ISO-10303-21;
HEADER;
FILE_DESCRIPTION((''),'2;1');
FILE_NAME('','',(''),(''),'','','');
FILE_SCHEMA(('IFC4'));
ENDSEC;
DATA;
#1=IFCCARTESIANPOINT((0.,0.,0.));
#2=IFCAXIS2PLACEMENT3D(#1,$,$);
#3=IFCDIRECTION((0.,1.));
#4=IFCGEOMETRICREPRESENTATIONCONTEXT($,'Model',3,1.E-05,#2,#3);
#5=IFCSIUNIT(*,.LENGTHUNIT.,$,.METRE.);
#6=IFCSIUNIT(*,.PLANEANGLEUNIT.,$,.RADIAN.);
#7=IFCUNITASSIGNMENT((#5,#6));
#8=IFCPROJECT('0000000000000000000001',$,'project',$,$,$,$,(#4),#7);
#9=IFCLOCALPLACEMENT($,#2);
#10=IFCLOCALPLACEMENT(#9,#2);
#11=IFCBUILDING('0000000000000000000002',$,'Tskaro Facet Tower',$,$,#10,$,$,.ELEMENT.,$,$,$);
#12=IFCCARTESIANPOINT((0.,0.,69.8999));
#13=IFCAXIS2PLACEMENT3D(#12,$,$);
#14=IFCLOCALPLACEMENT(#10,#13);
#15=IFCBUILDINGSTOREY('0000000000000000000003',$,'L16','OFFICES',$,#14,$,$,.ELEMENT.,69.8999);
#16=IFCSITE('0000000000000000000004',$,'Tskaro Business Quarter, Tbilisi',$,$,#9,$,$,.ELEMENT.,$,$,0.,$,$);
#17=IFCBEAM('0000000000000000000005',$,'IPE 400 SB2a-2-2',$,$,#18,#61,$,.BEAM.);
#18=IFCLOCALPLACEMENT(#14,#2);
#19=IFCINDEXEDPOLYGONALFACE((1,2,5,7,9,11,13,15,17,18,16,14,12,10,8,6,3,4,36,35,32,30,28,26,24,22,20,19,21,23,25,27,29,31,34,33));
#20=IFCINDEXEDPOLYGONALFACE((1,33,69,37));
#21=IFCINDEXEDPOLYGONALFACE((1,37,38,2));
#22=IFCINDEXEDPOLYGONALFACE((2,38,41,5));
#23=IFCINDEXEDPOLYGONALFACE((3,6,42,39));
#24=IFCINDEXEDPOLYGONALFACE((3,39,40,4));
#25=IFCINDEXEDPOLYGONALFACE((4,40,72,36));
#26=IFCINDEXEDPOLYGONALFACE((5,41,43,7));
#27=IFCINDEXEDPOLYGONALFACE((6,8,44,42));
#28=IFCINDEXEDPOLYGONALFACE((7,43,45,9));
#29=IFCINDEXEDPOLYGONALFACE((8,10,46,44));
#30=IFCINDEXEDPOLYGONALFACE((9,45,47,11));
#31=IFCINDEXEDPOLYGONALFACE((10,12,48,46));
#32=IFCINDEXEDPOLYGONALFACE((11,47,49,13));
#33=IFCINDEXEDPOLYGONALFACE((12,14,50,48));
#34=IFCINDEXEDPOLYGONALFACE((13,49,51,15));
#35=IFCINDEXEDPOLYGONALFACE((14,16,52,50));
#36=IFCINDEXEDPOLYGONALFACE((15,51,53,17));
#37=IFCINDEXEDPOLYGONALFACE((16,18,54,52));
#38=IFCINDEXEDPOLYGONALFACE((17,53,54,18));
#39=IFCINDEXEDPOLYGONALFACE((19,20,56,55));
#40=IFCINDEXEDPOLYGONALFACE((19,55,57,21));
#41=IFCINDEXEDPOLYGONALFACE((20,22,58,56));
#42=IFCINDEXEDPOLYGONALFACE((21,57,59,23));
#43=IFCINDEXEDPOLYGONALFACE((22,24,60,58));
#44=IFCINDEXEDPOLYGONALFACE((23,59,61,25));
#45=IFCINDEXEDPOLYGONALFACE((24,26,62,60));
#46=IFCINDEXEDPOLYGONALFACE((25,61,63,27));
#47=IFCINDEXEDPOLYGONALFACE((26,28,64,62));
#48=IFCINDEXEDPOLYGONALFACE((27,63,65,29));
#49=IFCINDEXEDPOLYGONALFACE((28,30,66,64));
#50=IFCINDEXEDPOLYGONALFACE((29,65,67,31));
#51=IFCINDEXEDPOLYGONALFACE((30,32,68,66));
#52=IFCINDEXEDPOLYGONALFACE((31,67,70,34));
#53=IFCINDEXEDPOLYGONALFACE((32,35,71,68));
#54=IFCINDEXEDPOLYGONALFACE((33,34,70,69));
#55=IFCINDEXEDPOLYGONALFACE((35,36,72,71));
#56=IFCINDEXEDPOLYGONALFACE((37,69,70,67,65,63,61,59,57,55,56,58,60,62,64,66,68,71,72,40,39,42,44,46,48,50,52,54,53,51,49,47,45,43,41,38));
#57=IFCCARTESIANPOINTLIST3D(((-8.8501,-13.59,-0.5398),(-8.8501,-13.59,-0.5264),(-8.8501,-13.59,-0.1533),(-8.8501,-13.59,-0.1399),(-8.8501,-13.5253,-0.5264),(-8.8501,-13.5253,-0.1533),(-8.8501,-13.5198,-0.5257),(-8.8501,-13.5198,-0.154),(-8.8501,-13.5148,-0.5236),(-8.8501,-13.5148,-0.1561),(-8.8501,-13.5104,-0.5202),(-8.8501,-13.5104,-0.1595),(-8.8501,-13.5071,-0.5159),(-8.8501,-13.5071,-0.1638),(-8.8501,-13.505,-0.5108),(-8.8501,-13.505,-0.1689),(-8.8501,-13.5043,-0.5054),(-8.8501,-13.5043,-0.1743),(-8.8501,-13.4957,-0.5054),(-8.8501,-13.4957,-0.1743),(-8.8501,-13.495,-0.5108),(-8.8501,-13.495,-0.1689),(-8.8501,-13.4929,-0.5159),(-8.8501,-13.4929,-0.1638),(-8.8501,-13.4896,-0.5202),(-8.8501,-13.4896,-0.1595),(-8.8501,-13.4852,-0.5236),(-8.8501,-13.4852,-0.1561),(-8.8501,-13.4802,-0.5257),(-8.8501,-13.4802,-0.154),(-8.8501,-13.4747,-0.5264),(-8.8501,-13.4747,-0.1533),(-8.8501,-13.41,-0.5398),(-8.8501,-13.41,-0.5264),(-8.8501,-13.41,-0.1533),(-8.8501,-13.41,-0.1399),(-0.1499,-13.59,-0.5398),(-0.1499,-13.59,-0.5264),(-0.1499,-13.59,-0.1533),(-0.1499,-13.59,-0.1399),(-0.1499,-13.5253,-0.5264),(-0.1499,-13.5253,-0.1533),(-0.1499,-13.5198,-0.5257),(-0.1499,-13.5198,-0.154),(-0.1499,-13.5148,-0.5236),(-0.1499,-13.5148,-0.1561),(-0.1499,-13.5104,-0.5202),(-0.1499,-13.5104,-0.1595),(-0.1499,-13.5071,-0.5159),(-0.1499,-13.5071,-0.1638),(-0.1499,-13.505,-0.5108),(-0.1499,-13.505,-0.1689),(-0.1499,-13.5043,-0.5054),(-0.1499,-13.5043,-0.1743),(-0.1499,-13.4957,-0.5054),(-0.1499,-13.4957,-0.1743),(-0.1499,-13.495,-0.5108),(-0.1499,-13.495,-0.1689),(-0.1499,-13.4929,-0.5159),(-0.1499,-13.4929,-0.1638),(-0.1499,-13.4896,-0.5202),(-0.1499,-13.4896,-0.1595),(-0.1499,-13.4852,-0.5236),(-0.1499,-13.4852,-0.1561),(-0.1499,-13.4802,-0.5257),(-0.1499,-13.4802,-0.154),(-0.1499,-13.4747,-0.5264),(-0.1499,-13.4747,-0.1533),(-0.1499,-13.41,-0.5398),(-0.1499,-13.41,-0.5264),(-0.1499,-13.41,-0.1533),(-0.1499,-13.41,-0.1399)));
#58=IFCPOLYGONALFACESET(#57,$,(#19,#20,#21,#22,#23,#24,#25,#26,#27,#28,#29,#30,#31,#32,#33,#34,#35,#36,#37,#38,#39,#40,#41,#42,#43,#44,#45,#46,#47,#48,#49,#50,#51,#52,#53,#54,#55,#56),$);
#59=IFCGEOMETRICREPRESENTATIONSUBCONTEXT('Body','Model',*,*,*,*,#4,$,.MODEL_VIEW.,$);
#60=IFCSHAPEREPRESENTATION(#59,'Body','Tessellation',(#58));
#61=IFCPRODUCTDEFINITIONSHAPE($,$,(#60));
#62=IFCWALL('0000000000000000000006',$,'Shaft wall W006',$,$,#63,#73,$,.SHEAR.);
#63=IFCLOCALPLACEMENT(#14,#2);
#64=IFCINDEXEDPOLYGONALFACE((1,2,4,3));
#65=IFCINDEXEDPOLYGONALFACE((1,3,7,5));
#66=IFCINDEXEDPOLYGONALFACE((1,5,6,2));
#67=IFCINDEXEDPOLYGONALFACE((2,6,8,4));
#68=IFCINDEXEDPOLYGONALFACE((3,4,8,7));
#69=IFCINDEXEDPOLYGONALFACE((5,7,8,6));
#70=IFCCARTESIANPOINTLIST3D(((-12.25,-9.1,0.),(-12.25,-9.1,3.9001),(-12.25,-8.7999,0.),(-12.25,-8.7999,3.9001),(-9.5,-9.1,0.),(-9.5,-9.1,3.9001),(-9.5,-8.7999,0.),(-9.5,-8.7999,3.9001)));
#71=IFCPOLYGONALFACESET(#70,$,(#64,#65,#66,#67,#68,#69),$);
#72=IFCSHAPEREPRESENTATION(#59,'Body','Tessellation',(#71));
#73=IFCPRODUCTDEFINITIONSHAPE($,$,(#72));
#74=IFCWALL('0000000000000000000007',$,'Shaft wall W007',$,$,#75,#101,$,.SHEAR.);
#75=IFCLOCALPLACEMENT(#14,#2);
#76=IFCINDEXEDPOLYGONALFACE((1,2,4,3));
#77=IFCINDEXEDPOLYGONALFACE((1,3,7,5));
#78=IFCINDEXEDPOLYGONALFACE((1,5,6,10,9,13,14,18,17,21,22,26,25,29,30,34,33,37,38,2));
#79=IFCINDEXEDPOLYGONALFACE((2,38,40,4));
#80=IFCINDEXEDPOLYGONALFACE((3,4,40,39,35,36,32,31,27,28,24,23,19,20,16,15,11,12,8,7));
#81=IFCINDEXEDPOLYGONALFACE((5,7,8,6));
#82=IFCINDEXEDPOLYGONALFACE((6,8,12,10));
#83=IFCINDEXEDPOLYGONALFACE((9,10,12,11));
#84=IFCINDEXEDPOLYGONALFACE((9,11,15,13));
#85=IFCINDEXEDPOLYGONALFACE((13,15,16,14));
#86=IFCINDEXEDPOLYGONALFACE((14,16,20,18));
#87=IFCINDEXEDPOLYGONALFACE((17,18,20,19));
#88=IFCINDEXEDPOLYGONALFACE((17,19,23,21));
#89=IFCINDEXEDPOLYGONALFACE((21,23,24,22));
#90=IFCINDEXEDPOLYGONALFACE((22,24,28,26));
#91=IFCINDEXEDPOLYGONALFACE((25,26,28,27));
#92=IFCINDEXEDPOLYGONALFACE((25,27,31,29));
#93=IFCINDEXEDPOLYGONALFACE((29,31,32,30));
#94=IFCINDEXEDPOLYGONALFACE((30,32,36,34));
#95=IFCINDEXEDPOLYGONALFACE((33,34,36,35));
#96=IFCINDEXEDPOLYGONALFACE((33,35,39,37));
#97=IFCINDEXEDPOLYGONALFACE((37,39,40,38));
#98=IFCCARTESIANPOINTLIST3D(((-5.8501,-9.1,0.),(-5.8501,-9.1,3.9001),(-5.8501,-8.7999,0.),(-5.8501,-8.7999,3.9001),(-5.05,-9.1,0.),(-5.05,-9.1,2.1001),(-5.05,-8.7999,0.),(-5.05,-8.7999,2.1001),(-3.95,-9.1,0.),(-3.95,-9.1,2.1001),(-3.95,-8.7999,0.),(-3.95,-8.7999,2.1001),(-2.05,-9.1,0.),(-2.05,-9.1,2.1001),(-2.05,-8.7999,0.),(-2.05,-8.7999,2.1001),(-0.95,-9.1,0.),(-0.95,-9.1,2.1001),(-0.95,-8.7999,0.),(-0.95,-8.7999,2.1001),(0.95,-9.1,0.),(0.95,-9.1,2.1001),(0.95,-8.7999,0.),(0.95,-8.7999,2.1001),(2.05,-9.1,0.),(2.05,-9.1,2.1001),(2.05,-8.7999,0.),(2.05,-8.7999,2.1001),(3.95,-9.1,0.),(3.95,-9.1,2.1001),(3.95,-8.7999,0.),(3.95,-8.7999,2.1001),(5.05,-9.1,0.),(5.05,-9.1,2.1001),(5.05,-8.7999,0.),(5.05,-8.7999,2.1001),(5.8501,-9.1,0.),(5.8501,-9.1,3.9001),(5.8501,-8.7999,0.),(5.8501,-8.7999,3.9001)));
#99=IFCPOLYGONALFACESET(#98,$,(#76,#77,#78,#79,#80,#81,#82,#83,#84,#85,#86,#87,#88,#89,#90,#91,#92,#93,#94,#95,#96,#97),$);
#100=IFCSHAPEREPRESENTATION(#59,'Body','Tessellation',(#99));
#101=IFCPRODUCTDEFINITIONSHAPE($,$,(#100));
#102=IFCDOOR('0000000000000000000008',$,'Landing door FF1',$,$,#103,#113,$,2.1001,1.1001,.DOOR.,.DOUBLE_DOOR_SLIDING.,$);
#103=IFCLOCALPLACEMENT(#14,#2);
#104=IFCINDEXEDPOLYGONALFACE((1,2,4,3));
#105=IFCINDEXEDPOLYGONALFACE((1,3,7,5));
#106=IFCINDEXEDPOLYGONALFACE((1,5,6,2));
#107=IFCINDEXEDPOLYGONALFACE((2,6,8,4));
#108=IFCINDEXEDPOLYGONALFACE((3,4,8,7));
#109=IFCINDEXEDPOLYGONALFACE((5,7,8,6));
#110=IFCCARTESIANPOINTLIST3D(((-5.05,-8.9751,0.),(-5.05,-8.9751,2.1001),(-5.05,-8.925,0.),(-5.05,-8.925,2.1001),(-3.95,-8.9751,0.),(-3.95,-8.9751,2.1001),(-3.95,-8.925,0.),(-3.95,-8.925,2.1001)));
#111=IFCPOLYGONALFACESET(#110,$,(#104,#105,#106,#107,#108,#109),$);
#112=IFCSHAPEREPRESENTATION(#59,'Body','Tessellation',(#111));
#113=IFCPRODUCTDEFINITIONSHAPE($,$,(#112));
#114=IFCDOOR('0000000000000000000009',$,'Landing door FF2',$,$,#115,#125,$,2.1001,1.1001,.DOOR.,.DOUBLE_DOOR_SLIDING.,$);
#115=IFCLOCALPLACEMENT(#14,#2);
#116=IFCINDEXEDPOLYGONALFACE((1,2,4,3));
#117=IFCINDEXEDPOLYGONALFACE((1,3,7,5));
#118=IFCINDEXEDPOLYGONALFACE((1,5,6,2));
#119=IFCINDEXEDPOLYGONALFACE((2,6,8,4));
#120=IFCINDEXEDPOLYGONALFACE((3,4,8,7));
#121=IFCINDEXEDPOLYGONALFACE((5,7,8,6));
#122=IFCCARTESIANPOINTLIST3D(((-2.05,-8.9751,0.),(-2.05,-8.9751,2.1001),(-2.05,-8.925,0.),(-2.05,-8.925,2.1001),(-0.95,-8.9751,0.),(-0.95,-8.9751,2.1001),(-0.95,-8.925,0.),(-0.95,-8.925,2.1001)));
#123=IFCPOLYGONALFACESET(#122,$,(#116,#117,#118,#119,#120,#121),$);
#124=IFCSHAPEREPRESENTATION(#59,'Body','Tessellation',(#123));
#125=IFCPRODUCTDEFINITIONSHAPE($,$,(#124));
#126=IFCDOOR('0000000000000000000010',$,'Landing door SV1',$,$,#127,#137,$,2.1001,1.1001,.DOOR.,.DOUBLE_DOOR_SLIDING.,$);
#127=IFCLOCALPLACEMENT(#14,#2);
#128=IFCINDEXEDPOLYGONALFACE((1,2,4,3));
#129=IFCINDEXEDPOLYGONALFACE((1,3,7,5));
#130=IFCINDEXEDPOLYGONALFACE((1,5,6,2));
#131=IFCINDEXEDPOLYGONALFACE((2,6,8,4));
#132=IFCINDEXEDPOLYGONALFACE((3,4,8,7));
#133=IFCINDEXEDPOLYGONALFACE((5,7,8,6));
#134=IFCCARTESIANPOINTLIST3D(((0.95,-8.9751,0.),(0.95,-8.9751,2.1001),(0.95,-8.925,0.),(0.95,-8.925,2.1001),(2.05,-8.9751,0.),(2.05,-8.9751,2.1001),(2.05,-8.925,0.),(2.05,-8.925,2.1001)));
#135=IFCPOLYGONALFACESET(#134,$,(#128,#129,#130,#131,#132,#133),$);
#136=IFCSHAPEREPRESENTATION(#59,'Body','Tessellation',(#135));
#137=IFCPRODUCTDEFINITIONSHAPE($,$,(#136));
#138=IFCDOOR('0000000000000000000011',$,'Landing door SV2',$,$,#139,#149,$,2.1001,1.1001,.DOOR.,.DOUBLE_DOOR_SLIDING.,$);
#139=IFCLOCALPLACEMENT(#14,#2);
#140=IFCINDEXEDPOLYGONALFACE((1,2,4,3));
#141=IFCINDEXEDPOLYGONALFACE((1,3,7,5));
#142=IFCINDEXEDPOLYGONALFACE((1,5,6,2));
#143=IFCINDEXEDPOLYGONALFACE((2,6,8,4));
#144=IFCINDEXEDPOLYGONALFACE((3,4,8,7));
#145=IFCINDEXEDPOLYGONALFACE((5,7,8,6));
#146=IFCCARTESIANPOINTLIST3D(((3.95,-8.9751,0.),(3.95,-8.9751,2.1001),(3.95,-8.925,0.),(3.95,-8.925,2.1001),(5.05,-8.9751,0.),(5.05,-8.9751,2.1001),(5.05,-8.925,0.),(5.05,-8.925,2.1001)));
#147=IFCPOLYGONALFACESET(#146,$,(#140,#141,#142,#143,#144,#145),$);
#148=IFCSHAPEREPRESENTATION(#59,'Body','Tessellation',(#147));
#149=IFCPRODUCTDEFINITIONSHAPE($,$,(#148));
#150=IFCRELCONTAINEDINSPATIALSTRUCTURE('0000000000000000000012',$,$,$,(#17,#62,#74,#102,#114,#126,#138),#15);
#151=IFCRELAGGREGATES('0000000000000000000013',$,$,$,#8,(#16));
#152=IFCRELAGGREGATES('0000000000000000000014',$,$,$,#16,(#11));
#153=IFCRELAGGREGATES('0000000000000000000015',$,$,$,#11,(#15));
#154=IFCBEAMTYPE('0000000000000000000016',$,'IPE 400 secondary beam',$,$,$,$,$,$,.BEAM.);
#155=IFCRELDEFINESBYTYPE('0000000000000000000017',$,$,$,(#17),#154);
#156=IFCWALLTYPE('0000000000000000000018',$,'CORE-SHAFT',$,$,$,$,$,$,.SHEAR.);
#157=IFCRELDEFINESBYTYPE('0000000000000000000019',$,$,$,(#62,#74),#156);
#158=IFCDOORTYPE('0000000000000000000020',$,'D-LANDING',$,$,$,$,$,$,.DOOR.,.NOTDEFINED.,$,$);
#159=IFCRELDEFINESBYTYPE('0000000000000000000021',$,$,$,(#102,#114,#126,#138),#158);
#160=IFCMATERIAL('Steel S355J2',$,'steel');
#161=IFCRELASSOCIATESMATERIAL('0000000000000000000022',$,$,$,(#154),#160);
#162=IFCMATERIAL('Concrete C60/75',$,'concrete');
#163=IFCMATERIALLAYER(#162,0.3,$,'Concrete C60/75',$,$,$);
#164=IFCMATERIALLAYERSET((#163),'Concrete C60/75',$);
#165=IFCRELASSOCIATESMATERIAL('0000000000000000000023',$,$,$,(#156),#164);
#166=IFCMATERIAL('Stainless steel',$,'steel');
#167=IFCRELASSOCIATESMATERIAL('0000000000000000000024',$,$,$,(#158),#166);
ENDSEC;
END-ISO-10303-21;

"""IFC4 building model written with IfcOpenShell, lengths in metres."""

from ifc_helpers import new_model, si_unit, direction, frame, frame_2d, origin, origin_2d, place, context, subcontext, project, spatial, rectangle, i_section, extrude, material, layer, layer_set, material_profile, profile_set, type_object, element, fill, save


model = new_model("IFC4")

# Units and contexts
model_context = context("Model", 3, precision=1e-05, world=origin(), true_north=direction((0.0, 1.0)))
body_context = subcontext(model_context, "Body", "Model", "MODEL_VIEW")
ifc_project = project(units=[si_unit("LENGTHUNIT", "METRE"), si_unit("PLANEANGLEUNIT", "RADIAN")], contexts=[model_context])

# Site, building, storey
site_placement = place(None, origin())
site = spatial("IfcSite", under=ifc_project, at=site_placement, Name="Tskaro Business Quarter, Tbilisi", CompositionType="ELEMENT", RefElevation=0.0)
building_placement = place(site_placement, origin())
building = spatial("IfcBuilding", under=site, at=building_placement, Name="Tskaro Facet Tower", CompositionType="ELEMENT")
storey_placement = place(building_placement, frame((0.0, 0.0, 69.8999)))
storey = spatial("IfcBuildingStorey", under=building, at=storey_placement, Name="L16", Description="OFFICES", CompositionType="ELEMENT", Elevation=69.8999)

# Beam
ifc_material_1 = material(Name="Steel S355J2", Category="steel")
ifc_material_profile = material_profile(ifc_material_1, i_section(OverallWidth=0.1799, OverallDepth=0.3999, WebThickness=0.0085, FlangeThickness=0.0134, FilletRadius=0.021, at=origin_2d()), Name="IPE 400")
ifc_profile_set = profile_set([ifc_material_profile], Name="Steel S355J2")
beam_type = type_object("IfcBeamType", Name="IPE 400 secondary beam", PredefinedType="BEAM", material=ifc_profile_set)
beam_placement = place(storey_placement, frame((-8.8501, -13.5, -0.3398), z_axis=(1.0, 0.0, 0.0), x_axis=(0.0, 1.0, 0.0)))
element("IfcBeam", 1, at=beam_placement, inside=storey, type_object=beam_type, Name="IPE 400 SB2a-2-2", PredefinedType="BEAM", context=body_context, shape_type="SweptSolid", body=[
    extrude(i_section(OverallWidth=0.1799, OverallDepth=0.3999, WebThickness=0.0085, FlangeThickness=0.0134, FilletRadius=0.021, at=origin_2d()), origin(), (0.0, 0.0, 1.0), 8.7002),
])

# Wall
ifc_material_2 = material(Name="Concrete C60/75", Category="concrete")
ifc_layer_1 = layer(ifc_material_2, 0.3, Name="Concrete C60/75")
ifc_layer_set_1 = layer_set([ifc_layer_1], Name="Concrete C60/75")
wall_type_1 = type_object("IfcWallType", Name="CORE-SHAFT", PredefinedType="SHEAR", material=ifc_layer_set_1)
wall_1_placement = place(storey_placement, frame((-12.25, -8.95, 0.0), z_axis=(0.0, 0.0, 1.0), x_axis=(1.0, 0.0, 0.0)))
element("IfcWall", 2, at=wall_1_placement, inside=storey, type_object=wall_type_1, Name="Shaft wall W006", PredefinedType="SHEAR", context=body_context, shape_type="SweptSolid", body=[
    extrude(rectangle(XDim=2.75, YDim=0.3, at=frame_2d((1.375, 0.0))), origin(), (0.0, 0.0, 1.0), 3.9001),
])

# Wall, openings, doors
wall_2_placement = place(storey_placement, frame((-5.8501, -8.95, 0.0), z_axis=(0.0, 0.0, 1.0), x_axis=(1.0, 0.0, 0.0)))
wall_2 = element("IfcWall", 3, at=wall_2_placement, inside=storey, type_object=wall_type_1, Name="Shaft wall W007", PredefinedType="SHEAR", context=body_context, shape_type="SweptSolid", body=[
    extrude(rectangle(XDim=11.7002, YDim=0.3, at=frame_2d((5.8501, 0.0))), origin(), (0.0, 0.0, 1.0), 3.9001),
])
opening_1_placement = place(wall_2_placement, frame((0.8, 0.0, 0.0)))
opening_1 = element("IfcOpeningElement", 4, at=opening_1_placement, cuts=wall_2, PredefinedType="OPENING", context=body_context, shape_type="SweptSolid", body=[
    extrude(rectangle(XDim=1.1001, YDim=2.1001, at=frame_2d((0.55, 1.05))), frame((0.0, 0.1599, 0.0), z_axis=(0.0, -1.0, 0.0), x_axis=(1.0, 0.0, 0.0)), (0.0, 0.0, 1.0), 0.3201),
])
opening_2_placement = place(wall_2_placement, frame((3.8, 0.0, 0.0)))
opening_2 = element("IfcOpeningElement", 5, at=opening_2_placement, cuts=wall_2, PredefinedType="OPENING", context=body_context, shape_type="SweptSolid", body=[
    extrude(rectangle(XDim=1.1001, YDim=2.1001, at=frame_2d((0.55, 1.05))), frame((0.0, 0.1599, 0.0), z_axis=(0.0, -1.0, 0.0), x_axis=(1.0, 0.0, 0.0)), (0.0, 0.0, 1.0), 0.3201),
])
opening_3_placement = place(wall_2_placement, frame((6.8, 0.0, 0.0)))
opening_3 = element("IfcOpeningElement", 6, at=opening_3_placement, cuts=wall_2, PredefinedType="OPENING", context=body_context, shape_type="SweptSolid", body=[
    extrude(rectangle(XDim=1.1001, YDim=2.1001, at=frame_2d((0.55, 1.05))), frame((0.0, 0.1599, 0.0), z_axis=(0.0, -1.0, 0.0), x_axis=(1.0, 0.0, 0.0)), (0.0, 0.0, 1.0), 0.3201),
])
opening_4_placement = place(wall_2_placement, frame((9.8, 0.0, 0.0)))
opening_4 = element("IfcOpeningElement", 7, at=opening_4_placement, cuts=wall_2, PredefinedType="OPENING", context=body_context, shape_type="SweptSolid", body=[
    extrude(rectangle(XDim=1.1001, YDim=2.1001, at=frame_2d((0.55, 1.05))), frame((0.0, 0.1599, 0.0), z_axis=(0.0, -1.0, 0.0), x_axis=(1.0, 0.0, 0.0)), (0.0, 0.0, 1.0), 0.3201),
])
ifc_material_3 = material(Name="Stainless steel", Category="steel")
door_type_1 = type_object("IfcDoorType", Name="D-LANDING", OperationType="NOTDEFINED", PredefinedType="DOOR", material=ifc_material_3)
door_1_placement = place(opening_1_placement, origin())
door_1 = element("IfcDoor", 8, at=door_1_placement, inside=storey, type_object=door_type_1, Name="Landing door FF1", OperationType="DOUBLE_DOOR_SLIDING", OverallHeight=2.1001, OverallWidth=1.1001, PredefinedType="DOOR", context=body_context, shape_type="SweptSolid", body=[
    extrude(rectangle(XDim=1.1001, YDim=2.1001, at=frame_2d((0.55, 1.05))), frame((0.0, 0.0249, 0.0), z_axis=(0.0, -1.0, 0.0), x_axis=(1.0, 0.0, 0.0)), (0.0, 0.0, 1.0), 0.05),
])
fill(opening_1, door_1)
door_2_placement = place(opening_2_placement, origin())
door_2 = element("IfcDoor", 9, at=door_2_placement, inside=storey, type_object=door_type_1, Name="Landing door FF2", OperationType="DOUBLE_DOOR_SLIDING", OverallHeight=2.1001, OverallWidth=1.1001, PredefinedType="DOOR", context=body_context, shape_type="SweptSolid", body=[
    extrude(rectangle(XDim=1.1001, YDim=2.1001, at=frame_2d((0.55, 1.05))), frame((0.0, 0.0249, 0.0), z_axis=(0.0, -1.0, 0.0), x_axis=(1.0, 0.0, 0.0)), (0.0, 0.0, 1.0), 0.05),
])
fill(opening_2, door_2)
door_3_placement = place(opening_3_placement, origin())
door_3 = element("IfcDoor", 10, at=door_3_placement, inside=storey, type_object=door_type_1, Name="Landing door SV1", OperationType="DOUBLE_DOOR_SLIDING", OverallHeight=2.1001, OverallWidth=1.1001, PredefinedType="DOOR", context=body_context, shape_type="SweptSolid", body=[
    extrude(rectangle(XDim=1.1001, YDim=2.1001, at=frame_2d((0.55, 1.05))), frame((0.0, 0.0249, 0.0), z_axis=(0.0, -1.0, 0.0), x_axis=(1.0, 0.0, 0.0)), (0.0, 0.0, 1.0), 0.05),
])
fill(opening_3, door_3)
door_4_placement = place(opening_4_placement, origin())
door_4 = element("IfcDoor", 11, at=door_4_placement, inside=storey, type_object=door_type_1, Name="Landing door SV2", OperationType="DOUBLE_DOOR_SLIDING", OverallHeight=2.1001, OverallWidth=1.1001, PredefinedType="DOOR", context=body_context, shape_type="SweptSolid", body=[
    extrude(rectangle(XDim=1.1001, YDim=2.1001, at=frame_2d((0.55, 1.05))), frame((0.0, 0.0249, 0.0), z_axis=(0.0, -1.0, 0.0), x_axis=(1.0, 0.0, 0.0)), (0.0, 0.0, 1.0), 0.05),
])
fill(opening_4, door_4)

save(model, "model.ifc")
